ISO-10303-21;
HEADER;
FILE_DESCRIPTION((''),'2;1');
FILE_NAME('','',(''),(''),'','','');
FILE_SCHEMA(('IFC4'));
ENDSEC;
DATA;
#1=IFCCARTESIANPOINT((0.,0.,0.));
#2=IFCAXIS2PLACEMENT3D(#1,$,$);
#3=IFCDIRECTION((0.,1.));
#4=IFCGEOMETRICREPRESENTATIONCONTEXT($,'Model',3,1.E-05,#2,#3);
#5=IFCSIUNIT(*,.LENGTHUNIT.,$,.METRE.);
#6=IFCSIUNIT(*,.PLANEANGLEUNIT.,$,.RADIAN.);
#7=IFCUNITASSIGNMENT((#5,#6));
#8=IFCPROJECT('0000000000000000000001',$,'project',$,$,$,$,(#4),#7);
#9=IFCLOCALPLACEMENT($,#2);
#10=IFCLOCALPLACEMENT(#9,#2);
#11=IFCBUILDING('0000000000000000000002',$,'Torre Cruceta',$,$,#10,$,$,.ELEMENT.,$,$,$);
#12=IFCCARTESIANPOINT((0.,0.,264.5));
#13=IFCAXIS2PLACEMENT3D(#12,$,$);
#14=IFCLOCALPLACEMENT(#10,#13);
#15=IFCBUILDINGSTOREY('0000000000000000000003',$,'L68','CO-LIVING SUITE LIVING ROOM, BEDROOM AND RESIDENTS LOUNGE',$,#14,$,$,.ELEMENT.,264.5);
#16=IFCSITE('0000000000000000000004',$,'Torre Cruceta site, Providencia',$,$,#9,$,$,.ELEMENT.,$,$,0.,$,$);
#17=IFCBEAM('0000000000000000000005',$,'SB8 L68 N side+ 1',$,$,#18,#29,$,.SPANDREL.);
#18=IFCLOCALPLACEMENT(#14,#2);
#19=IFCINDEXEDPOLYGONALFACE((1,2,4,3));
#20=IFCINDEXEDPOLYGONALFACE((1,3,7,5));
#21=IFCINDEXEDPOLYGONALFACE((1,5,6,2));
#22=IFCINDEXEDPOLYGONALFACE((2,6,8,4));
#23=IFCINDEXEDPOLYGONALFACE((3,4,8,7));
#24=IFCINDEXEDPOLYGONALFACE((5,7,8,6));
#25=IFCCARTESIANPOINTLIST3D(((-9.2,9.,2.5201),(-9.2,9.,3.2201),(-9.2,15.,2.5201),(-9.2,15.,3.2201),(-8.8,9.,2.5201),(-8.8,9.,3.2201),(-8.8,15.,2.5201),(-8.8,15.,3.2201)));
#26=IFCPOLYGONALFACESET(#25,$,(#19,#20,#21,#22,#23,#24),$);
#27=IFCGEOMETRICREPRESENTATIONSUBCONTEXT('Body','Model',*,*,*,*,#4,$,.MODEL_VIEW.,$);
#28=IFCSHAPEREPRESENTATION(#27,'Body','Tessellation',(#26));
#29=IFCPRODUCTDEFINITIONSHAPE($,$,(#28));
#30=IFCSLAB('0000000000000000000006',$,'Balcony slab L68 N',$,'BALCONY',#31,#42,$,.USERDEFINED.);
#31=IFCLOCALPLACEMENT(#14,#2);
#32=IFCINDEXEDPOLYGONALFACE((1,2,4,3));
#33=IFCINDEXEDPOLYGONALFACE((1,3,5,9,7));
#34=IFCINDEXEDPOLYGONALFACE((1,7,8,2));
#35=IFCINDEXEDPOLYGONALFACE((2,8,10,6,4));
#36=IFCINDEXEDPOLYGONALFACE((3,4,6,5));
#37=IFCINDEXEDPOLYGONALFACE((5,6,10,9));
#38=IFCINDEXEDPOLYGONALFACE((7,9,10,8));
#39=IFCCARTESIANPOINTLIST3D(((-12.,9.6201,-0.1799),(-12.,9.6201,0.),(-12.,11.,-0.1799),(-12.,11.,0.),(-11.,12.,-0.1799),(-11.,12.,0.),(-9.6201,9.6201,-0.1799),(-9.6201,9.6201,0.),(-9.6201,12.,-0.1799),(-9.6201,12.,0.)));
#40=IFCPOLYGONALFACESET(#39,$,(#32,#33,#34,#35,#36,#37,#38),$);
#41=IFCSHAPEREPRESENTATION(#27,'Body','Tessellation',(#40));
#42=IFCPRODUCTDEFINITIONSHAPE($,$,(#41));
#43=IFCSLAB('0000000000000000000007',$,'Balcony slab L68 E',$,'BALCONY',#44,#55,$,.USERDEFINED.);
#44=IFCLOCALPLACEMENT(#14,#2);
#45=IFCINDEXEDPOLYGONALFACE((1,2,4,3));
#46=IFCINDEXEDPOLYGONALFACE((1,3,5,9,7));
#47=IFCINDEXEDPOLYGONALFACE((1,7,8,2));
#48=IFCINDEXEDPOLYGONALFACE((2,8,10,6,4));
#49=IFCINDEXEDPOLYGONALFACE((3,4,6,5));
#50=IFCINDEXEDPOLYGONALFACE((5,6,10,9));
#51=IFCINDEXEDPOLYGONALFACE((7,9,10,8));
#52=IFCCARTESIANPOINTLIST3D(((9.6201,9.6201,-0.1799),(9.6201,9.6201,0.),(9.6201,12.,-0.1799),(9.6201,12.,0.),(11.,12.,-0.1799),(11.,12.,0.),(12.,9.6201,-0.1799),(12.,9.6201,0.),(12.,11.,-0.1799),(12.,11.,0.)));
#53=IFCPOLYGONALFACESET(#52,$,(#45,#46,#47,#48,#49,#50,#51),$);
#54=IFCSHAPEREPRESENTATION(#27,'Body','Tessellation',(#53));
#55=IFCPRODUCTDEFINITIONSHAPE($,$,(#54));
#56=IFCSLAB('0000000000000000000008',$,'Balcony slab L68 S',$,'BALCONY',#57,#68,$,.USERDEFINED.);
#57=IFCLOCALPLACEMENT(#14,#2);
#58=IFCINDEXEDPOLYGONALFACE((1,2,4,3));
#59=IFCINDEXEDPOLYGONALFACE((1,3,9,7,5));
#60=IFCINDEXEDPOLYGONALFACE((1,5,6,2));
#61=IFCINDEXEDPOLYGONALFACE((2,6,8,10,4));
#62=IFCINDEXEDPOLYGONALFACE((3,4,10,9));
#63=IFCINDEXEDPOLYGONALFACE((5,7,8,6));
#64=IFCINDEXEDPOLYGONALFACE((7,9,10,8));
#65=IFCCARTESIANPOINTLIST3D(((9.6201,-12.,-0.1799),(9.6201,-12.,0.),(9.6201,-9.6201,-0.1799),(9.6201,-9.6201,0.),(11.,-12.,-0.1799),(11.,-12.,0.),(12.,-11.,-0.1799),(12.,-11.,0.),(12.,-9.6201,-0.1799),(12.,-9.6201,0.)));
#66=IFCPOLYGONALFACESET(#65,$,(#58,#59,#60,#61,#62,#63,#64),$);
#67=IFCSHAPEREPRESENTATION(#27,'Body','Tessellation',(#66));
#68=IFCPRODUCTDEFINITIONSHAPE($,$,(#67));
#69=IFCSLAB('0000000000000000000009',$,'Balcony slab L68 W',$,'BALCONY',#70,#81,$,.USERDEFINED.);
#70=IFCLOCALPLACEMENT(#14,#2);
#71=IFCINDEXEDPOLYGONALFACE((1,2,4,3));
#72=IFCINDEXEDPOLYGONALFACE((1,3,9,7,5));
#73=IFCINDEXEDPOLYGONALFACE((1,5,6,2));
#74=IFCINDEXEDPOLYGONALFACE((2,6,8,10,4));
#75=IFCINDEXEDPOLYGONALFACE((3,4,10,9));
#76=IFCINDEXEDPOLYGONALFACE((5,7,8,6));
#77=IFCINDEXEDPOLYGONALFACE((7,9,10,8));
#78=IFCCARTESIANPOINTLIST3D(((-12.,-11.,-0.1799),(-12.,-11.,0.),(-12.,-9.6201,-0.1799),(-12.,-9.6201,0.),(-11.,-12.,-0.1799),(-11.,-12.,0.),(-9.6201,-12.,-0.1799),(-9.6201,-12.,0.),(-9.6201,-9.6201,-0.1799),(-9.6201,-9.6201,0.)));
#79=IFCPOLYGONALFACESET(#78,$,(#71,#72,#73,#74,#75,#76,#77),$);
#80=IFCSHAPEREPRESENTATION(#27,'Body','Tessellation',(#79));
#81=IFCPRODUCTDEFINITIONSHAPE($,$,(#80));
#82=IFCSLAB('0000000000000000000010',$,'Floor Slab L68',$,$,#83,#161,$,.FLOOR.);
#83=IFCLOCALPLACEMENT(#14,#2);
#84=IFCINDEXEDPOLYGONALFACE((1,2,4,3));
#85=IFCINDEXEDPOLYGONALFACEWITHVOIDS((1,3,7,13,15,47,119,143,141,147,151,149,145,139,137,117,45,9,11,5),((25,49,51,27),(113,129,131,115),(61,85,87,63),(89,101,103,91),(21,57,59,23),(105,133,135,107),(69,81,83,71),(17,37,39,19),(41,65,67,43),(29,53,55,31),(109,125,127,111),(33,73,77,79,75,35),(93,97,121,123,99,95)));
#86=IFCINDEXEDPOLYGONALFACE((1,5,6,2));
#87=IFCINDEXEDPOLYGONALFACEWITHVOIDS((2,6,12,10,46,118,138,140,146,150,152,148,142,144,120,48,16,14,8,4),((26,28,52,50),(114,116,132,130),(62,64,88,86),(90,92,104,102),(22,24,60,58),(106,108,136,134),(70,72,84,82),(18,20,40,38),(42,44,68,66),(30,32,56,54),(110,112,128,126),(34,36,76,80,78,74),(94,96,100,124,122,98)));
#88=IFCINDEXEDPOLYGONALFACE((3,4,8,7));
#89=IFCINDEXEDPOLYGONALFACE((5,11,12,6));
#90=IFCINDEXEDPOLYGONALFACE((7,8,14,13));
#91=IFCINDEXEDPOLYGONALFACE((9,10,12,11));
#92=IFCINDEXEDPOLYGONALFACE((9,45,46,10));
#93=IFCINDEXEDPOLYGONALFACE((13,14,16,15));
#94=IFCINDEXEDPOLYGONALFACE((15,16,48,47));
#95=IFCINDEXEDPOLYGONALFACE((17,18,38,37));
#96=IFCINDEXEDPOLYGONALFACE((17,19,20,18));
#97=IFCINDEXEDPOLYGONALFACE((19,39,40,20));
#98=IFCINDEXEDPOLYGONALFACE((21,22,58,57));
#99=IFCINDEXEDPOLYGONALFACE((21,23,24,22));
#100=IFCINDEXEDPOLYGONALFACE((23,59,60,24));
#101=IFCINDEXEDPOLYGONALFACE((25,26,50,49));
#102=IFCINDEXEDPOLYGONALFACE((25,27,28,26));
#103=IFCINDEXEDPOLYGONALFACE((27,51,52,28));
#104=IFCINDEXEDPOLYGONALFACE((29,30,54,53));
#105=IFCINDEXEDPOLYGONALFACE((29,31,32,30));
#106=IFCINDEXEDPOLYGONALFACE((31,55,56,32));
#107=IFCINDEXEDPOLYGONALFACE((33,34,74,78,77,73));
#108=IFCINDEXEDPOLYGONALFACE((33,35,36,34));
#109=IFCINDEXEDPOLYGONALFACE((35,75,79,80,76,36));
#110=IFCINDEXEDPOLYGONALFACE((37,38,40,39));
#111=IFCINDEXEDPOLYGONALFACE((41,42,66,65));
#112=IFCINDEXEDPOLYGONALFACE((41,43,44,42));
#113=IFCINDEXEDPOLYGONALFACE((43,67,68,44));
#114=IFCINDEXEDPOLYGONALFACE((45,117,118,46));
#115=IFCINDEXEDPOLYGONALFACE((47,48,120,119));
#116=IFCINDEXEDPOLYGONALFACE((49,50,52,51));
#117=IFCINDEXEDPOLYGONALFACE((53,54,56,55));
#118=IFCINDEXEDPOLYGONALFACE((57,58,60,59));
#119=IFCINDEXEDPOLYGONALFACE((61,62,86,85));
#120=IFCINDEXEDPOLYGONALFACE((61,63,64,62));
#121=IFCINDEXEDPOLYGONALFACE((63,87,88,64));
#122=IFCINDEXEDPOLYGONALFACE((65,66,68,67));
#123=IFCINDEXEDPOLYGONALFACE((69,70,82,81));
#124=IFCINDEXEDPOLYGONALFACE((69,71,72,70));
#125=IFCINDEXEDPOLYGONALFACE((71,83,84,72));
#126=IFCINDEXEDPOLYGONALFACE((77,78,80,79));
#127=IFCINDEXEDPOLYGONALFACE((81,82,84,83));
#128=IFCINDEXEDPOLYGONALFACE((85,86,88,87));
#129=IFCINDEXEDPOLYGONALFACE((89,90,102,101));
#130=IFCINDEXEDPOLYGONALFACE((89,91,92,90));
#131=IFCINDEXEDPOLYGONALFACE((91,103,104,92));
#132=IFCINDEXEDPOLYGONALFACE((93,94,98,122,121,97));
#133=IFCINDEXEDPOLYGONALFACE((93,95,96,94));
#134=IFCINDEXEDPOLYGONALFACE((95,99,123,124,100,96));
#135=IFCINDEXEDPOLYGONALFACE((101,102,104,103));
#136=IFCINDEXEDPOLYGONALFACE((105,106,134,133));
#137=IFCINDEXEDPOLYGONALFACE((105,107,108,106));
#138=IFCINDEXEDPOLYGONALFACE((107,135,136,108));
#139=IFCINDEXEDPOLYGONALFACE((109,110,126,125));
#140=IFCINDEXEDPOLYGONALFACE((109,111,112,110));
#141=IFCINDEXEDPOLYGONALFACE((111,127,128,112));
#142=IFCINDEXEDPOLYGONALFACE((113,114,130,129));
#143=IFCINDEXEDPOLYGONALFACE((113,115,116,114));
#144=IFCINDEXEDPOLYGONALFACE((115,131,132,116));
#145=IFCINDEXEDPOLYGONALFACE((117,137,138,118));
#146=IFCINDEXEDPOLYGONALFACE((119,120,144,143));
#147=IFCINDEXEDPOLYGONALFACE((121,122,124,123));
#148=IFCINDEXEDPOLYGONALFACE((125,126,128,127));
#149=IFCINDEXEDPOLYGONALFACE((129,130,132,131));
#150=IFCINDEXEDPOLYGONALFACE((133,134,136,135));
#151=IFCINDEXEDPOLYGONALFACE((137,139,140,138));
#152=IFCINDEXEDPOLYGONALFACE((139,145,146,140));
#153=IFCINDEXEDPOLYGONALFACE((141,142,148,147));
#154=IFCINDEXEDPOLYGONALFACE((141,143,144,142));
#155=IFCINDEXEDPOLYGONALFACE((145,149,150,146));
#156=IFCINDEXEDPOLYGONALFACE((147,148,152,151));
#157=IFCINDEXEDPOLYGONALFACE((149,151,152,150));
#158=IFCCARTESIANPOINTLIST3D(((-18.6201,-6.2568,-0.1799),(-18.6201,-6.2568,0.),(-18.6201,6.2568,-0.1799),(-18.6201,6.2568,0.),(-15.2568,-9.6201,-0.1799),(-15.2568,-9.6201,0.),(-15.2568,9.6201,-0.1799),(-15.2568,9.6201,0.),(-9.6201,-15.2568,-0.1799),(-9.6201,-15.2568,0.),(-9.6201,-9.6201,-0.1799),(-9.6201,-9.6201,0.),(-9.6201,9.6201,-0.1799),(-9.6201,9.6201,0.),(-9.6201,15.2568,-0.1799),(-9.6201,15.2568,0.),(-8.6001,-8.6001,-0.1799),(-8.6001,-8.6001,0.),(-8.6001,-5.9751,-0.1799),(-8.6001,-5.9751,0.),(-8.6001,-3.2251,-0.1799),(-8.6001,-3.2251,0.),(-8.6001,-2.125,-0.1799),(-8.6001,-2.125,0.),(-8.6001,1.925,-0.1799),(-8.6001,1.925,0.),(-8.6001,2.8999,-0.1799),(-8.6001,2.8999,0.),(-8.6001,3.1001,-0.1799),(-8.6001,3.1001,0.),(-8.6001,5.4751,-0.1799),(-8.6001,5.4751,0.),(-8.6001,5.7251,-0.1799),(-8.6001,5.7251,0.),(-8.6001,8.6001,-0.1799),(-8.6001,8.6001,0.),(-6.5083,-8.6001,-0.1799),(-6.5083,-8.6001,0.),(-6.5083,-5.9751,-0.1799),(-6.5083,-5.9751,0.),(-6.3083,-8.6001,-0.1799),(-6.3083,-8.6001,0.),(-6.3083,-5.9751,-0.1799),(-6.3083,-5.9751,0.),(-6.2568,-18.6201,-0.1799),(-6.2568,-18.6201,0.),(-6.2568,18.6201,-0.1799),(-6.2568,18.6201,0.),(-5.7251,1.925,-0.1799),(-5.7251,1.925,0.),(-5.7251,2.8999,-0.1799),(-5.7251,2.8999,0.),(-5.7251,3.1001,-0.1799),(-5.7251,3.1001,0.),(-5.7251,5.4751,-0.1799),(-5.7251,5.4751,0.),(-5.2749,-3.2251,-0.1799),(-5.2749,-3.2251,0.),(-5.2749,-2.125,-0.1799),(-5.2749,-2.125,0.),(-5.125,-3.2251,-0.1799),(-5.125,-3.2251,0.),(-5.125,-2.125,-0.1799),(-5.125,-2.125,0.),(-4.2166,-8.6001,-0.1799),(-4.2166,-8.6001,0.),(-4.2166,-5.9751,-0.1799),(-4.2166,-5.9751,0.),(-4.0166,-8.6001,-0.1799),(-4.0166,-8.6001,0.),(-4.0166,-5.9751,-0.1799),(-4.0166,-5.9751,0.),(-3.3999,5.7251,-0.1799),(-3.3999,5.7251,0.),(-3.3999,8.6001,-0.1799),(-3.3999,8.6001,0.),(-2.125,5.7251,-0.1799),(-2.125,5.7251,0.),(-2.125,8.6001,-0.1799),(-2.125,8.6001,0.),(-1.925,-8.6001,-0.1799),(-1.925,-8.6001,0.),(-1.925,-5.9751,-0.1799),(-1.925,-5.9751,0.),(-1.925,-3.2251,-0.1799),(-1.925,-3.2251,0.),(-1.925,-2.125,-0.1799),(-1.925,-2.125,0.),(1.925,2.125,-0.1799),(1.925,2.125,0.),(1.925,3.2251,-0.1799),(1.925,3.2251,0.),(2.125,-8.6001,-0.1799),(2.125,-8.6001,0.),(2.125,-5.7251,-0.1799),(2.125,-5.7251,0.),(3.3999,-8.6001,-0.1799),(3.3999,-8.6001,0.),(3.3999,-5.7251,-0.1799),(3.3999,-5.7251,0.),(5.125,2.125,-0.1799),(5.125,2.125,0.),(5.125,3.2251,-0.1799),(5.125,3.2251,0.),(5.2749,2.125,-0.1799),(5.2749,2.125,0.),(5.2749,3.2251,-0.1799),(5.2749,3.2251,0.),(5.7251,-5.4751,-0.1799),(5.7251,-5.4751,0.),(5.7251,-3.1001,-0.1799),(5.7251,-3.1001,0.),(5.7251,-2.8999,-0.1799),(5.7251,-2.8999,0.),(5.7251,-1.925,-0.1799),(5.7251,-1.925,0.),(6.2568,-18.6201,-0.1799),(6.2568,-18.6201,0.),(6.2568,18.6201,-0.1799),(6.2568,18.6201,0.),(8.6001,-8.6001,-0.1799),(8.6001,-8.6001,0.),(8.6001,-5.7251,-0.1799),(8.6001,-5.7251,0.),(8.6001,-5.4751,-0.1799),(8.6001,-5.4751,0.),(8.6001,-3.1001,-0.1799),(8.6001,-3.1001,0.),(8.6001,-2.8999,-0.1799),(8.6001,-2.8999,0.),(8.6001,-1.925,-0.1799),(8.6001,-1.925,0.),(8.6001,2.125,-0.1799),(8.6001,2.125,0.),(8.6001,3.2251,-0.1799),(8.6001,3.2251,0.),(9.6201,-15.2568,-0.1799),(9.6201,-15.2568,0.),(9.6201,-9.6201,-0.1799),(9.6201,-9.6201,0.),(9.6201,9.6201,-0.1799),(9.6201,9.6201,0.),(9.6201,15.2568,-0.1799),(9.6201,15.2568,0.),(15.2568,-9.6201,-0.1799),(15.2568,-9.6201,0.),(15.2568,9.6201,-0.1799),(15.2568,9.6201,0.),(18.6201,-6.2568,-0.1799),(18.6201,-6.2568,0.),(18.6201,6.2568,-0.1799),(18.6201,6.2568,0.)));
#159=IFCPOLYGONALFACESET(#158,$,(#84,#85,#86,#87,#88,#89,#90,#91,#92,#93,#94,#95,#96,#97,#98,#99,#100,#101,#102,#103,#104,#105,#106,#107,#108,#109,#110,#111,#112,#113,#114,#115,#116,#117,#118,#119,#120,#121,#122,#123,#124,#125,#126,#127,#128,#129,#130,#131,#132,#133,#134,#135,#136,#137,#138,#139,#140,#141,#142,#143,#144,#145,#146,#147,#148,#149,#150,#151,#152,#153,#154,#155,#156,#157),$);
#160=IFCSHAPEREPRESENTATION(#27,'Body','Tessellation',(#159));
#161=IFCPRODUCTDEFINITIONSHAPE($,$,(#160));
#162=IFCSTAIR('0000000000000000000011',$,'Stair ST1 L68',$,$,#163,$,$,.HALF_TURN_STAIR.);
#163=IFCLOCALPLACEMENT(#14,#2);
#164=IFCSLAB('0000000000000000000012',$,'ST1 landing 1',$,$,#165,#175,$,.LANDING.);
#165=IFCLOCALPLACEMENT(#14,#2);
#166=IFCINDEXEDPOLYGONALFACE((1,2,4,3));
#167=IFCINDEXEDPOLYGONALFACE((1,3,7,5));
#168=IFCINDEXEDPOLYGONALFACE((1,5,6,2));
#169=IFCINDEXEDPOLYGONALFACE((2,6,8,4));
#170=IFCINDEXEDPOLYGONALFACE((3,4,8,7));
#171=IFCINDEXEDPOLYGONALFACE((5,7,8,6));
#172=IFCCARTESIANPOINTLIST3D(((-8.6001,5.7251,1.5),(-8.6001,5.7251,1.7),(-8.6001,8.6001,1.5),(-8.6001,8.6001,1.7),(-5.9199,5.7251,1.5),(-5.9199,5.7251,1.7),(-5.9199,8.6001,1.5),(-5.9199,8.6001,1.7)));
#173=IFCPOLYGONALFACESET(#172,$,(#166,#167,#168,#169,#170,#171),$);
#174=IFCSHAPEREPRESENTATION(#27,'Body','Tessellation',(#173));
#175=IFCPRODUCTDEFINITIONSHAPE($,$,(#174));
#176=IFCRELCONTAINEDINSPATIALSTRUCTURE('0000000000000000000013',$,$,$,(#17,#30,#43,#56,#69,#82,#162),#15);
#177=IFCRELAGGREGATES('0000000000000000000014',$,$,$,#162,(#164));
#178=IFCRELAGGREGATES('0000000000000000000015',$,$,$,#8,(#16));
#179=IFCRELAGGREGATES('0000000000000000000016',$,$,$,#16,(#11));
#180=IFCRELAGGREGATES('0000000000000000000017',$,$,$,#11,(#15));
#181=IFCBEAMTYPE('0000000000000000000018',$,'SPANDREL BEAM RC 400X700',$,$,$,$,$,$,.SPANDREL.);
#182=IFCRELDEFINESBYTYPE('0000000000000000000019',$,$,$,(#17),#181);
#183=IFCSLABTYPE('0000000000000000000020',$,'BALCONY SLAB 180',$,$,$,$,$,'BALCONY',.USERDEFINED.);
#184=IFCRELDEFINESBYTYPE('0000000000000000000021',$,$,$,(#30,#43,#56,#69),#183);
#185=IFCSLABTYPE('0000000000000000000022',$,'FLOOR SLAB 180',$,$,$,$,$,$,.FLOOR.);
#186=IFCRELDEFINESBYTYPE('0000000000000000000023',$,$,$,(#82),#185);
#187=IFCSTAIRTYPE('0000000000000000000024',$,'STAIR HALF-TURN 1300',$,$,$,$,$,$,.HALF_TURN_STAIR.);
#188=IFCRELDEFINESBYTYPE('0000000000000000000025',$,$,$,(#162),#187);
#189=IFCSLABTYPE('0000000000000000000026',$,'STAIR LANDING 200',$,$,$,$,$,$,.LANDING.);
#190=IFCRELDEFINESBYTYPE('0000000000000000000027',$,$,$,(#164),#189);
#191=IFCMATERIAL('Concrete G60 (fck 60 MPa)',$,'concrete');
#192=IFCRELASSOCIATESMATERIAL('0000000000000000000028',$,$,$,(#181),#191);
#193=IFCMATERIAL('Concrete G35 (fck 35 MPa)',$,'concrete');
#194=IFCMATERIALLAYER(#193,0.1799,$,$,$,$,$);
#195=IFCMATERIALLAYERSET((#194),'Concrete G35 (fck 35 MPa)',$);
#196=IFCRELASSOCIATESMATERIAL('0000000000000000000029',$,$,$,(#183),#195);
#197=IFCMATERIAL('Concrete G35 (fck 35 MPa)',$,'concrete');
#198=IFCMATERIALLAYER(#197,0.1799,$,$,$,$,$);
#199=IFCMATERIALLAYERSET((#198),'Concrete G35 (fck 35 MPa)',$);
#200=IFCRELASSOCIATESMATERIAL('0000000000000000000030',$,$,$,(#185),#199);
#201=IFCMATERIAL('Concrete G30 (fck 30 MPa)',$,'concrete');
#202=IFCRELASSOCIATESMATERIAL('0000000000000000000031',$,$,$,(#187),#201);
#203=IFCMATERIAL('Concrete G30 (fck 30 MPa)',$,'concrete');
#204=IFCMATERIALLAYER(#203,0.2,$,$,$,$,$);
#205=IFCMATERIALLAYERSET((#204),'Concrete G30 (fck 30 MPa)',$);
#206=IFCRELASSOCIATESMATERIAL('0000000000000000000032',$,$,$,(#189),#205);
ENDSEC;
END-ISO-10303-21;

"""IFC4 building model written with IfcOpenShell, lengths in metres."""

from ifc_helpers import new_model, si_unit, direction, frame, origin, origin_2d, place, context, subcontext, project, spatial, polyline, rectangle, outline, extrude, material, layer, layer_set, material_profile, profile_set, type_object, element, aggregate, save


model = new_model("IFC4")

# Units and contexts
model_context = context("Model", 3, precision=1e-05, world=origin(), true_north=direction((0.0, 1.0)))
body_context = subcontext(model_context, "Body", "Model", "MODEL_VIEW")
ifc_project = project(units=[si_unit("LENGTHUNIT", "METRE"), si_unit("PLANEANGLEUNIT", "RADIAN")], contexts=[model_context])

# Site, building, storey
site_placement = place(None, origin())
site = spatial("IfcSite", under=ifc_project, at=site_placement, Name="Torre Cruceta site, Providencia", CompositionType="ELEMENT", RefElevation=0.0)
building_placement = place(site_placement, origin())
building = spatial("IfcBuilding", under=site, at=building_placement, Name="Torre Cruceta", CompositionType="ELEMENT")
storey_placement = place(building_placement, frame((0.0, 0.0, 264.5)))
storey = spatial("IfcBuildingStorey", under=building, at=storey_placement, Name="L68", Description="CO-LIVING SUITE LIVING ROOM, BEDROOM AND RESIDENTS LOUNGE", CompositionType="ELEMENT", Elevation=264.5)

# Beam
ifc_material_1 = material(Name="Concrete G60 (fck 60 MPa)", Category="concrete")
ifc_material_profile = material_profile(ifc_material_1, rectangle(XDim=0.3999, YDim=0.7, at=origin_2d()), Name="RC 400X700")
ifc_profile_set = profile_set([ifc_material_profile], Name="Concrete G60 (fck 60 MPa)")
beam_type = type_object("IfcBeamType", Name="SPANDREL BEAM RC 400X700", PredefinedType="SPANDREL", material=ifc_profile_set)
beam_placement = place(storey_placement, frame((-9.0, 9.0, 2.8701), z_axis=(0.0, 1.0, 0.0), x_axis=(-1.0, 0.0, 0.0)))
element("IfcBeam", 1, at=beam_placement, inside=storey, type_object=beam_type, Name="SB8 L68 N side+ 1", PredefinedType="SPANDREL", context=body_context, shape_type="SweptSolid", body=[
    extrude(rectangle(XDim=0.3999, YDim=0.7, at=origin_2d()), origin(), (0.0, 0.0, 1.0), 6.0),
])

# Slabs
ifc_material_2 = material(Name="Concrete G35 (fck 35 MPa)", Category="concrete")
ifc_layer_1 = layer(ifc_material_2, 0.1799)
ifc_layer_set_1 = layer_set([ifc_layer_1], Name="Concrete G35 (fck 35 MPa)")
slab_type_1 = type_object("IfcSlabType", Name="BALCONY SLAB 180", ElementType="BALCONY", PredefinedType="USERDEFINED", material=ifc_layer_set_1)
slab_1_placement = place(storey_placement, frame((0.0, 0.0, -0.1799)))
element("IfcSlab", 2, at=slab_1_placement, inside=storey, type_object=slab_type_1, Name="Balcony slab L68 N", ObjectType="BALCONY", PredefinedType="USERDEFINED", context=body_context, shape_type="SweptSolid", body=[
    extrude(outline(polyline([(-12.0, 11.0), (-11.0, 12.0), (-9.6201, 12.0), (-9.6201, 9.6201), (-12.0, 9.6201), (-12.0, 11.0)])), origin(), (0.0, 0.0, 1.0), 0.1799),
])
slab_2_placement = place(storey_placement, frame((0.0, 0.0, -0.1799)))
element("IfcSlab", 3, at=slab_2_placement, inside=storey, type_object=slab_type_1, Name="Balcony slab L68 E", ObjectType="BALCONY", PredefinedType="USERDEFINED", context=body_context, shape_type="SweptSolid", body=[
    extrude(outline(polyline([(11.0, 12.0), (12.0, 11.0), (12.0, 9.6201), (9.6201, 9.6201), (9.6201, 12.0), (11.0, 12.0)])), origin(), (0.0, 0.0, 1.0), 0.1799),
])
slab_3_placement = place(storey_placement, frame((0.0, 0.0, -0.1799)))
element("IfcSlab", 4, at=slab_3_placement, inside=storey, type_object=slab_type_1, Name="Balcony slab L68 S", ObjectType="BALCONY", PredefinedType="USERDEFINED", context=body_context, shape_type="SweptSolid", body=[
    extrude(outline(polyline([(12.0, -11.0), (11.0, -12.0), (9.6201, -12.0), (9.6201, -9.6201), (12.0, -9.6201), (12.0, -11.0)])), origin(), (0.0, 0.0, 1.0), 0.1799),
])
slab_4_placement = place(storey_placement, frame((0.0, 0.0, -0.1799)))
element("IfcSlab", 5, at=slab_4_placement, inside=storey, type_object=slab_type_1, Name="Balcony slab L68 W", ObjectType="BALCONY", PredefinedType="USERDEFINED", context=body_context, shape_type="SweptSolid", body=[
    extrude(outline(polyline([(-11.0, -12.0), (-12.0, -11.0), (-12.0, -9.6201), (-9.6201, -9.6201), (-9.6201, -12.0), (-11.0, -12.0)])), origin(), (0.0, 0.0, 1.0), 0.1799),
])
ifc_material_3 = material(Name="Concrete G35 (fck 35 MPa)", Category="concrete")
ifc_layer_2 = layer(ifc_material_3, 0.1799)
ifc_layer_set_2 = layer_set([ifc_layer_2], Name="Concrete G35 (fck 35 MPa)")
slab_type_2 = type_object("IfcSlabType", Name="FLOOR SLAB 180", PredefinedType="FLOOR", material=ifc_layer_set_2)
slab_5_placement = place(storey_placement, frame((0.0, 0.0, -0.1799)))
element("IfcSlab", 6, at=slab_5_placement, inside=storey, type_object=slab_type_2, Name="Floor Slab L68", PredefinedType="FLOOR", context=body_context, shape_type="SweptSolid", body=[
    extrude(outline(polyline([(9.6201, -9.6201), (9.6201, -15.2568), (6.2568, -18.6201), (-6.2568, -18.6201), (-9.6201, -15.2568), (-9.6201, -9.6201), (-15.2568, -9.6201), (-18.6201, -6.2568), (-18.6201, 6.2568), (-15.2568, 9.6201), (-9.6201, 9.6201), (-9.6201, 15.2568), (-6.2568, 18.6201), (6.2568, 18.6201), (9.6201, 15.2568), (9.6201, 9.6201), (15.2568, 9.6201), (18.6201, 6.2568), (18.6201, -6.2568), (15.2568, -9.6201), (9.6201, -9.6201)]), holes=[polyline([(1.925, 2.125), (5.125, 2.125), (5.125, 3.2251), (1.925, 3.2251), (1.925, 2.125)]), polyline([(5.2749, 2.125), (8.6001, 2.125), (8.6001, 3.2251), (5.2749, 3.2251), (5.2749, 2.125)]), polyline([(-8.6001, 3.1001), (-5.7251, 3.1001), (-5.7251, 5.4751), (-8.6001, 5.4751), (-8.6001, 3.1001)]), polyline([(-8.6001, 1.925), (-5.7251, 1.925), (-5.7251, 2.8999), (-8.6001, 2.8999), (-8.6001, 1.925)]), polyline([(-4.0166, -8.6001), (-1.925, -8.6001), (-1.925, -5.9751), (-4.0166, -5.9751), (-4.0166, -8.6001)]), polyline([(-6.3083, -8.6001), (-4.2166, -8.6001), (-4.2166, -5.9751), (-6.3083, -5.9751), (-6.3083, -8.6001)]), polyline([(-8.6001, -8.6001), (-6.5083, -8.6001), (-6.5083, -5.9751), (-8.6001, -5.9751), (-8.6001, -8.6001)]), polyline([(-5.125, -3.2251), (-1.925, -3.2251), (-1.925, -2.125), (-5.125, -2.125), (-5.125, -3.2251)]), polyline([(-8.6001, -3.2251), (-5.2749, -3.2251), (-5.2749, -2.125), (-8.6001, -2.125), (-8.6001, -3.2251)]), polyline([(5.7251, -5.4751), (8.6001, -5.4751), (8.6001, -3.1001), (5.7251, -3.1001), (5.7251, -5.4751)]), polyline([(5.7251, -2.8999), (8.6001, -2.8999), (8.6001, -1.925), (5.7251, -1.925), (5.7251, -2.8999)]), polyline([(-8.6001, 5.7251), (-8.6001, 8.6001), (-3.3999, 8.6001), (-2.125, 8.6001), (-2.125, 5.7251), (-3.3999, 5.7251), (-8.6001, 5.7251)]), polyline([(2.125, -5.7251), (3.3999, -5.7251), (8.6001, -5.7251), (8.6001, -8.6001), (3.3999, -8.6001), (2.125, -8.6001), (2.125, -5.7251)])]), origin(), (0.0, 0.0, 1.0), 0.1799),
])

# Stair, slab
ifc_material_4 = material(Name="Concrete G30 (fck 30 MPa)", Category="concrete")
stair_type = type_object("IfcStairType", Name="STAIR HALF-TURN 1300", PredefinedType="HALF_TURN_STAIR", material=ifc_material_4)
stair_placement = place(storey_placement, origin())
stair = element("IfcStair", 7, at=stair_placement, inside=storey, type_object=stair_type, Name="Stair ST1 L68", PredefinedType="HALF_TURN_STAIR")
ifc_material_5 = material(Name="Concrete G30 (fck 30 MPa)", Category="concrete")
ifc_layer_3 = layer(ifc_material_5, 0.2)
ifc_layer_set_3 = layer_set([ifc_layer_3], Name="Concrete G30 (fck 30 MPa)")
slab_type_3 = type_object("IfcSlabType", Name="STAIR LANDING 200", PredefinedType="LANDING", material=ifc_layer_set_3)
slab_6_placement = place(storey_placement, frame((0.0, 0.0, 1.5)))
slab_6 = element("IfcSlab", 8, at=slab_6_placement, type_object=slab_type_3, Name="ST1 landing 1", PredefinedType="LANDING", context=body_context, shape_type="SweptSolid", body=[
    extrude(outline(polyline([(-8.6001, 5.7251), (-5.9199, 5.7251), (-5.9199, 8.6001), (-8.6001, 8.6001), (-8.6001, 5.7251)])), origin(), (0.0, 0.0, 1.0), 0.2),
])

aggregate(stair, [slab_6])

save(model, "model.ifc")
